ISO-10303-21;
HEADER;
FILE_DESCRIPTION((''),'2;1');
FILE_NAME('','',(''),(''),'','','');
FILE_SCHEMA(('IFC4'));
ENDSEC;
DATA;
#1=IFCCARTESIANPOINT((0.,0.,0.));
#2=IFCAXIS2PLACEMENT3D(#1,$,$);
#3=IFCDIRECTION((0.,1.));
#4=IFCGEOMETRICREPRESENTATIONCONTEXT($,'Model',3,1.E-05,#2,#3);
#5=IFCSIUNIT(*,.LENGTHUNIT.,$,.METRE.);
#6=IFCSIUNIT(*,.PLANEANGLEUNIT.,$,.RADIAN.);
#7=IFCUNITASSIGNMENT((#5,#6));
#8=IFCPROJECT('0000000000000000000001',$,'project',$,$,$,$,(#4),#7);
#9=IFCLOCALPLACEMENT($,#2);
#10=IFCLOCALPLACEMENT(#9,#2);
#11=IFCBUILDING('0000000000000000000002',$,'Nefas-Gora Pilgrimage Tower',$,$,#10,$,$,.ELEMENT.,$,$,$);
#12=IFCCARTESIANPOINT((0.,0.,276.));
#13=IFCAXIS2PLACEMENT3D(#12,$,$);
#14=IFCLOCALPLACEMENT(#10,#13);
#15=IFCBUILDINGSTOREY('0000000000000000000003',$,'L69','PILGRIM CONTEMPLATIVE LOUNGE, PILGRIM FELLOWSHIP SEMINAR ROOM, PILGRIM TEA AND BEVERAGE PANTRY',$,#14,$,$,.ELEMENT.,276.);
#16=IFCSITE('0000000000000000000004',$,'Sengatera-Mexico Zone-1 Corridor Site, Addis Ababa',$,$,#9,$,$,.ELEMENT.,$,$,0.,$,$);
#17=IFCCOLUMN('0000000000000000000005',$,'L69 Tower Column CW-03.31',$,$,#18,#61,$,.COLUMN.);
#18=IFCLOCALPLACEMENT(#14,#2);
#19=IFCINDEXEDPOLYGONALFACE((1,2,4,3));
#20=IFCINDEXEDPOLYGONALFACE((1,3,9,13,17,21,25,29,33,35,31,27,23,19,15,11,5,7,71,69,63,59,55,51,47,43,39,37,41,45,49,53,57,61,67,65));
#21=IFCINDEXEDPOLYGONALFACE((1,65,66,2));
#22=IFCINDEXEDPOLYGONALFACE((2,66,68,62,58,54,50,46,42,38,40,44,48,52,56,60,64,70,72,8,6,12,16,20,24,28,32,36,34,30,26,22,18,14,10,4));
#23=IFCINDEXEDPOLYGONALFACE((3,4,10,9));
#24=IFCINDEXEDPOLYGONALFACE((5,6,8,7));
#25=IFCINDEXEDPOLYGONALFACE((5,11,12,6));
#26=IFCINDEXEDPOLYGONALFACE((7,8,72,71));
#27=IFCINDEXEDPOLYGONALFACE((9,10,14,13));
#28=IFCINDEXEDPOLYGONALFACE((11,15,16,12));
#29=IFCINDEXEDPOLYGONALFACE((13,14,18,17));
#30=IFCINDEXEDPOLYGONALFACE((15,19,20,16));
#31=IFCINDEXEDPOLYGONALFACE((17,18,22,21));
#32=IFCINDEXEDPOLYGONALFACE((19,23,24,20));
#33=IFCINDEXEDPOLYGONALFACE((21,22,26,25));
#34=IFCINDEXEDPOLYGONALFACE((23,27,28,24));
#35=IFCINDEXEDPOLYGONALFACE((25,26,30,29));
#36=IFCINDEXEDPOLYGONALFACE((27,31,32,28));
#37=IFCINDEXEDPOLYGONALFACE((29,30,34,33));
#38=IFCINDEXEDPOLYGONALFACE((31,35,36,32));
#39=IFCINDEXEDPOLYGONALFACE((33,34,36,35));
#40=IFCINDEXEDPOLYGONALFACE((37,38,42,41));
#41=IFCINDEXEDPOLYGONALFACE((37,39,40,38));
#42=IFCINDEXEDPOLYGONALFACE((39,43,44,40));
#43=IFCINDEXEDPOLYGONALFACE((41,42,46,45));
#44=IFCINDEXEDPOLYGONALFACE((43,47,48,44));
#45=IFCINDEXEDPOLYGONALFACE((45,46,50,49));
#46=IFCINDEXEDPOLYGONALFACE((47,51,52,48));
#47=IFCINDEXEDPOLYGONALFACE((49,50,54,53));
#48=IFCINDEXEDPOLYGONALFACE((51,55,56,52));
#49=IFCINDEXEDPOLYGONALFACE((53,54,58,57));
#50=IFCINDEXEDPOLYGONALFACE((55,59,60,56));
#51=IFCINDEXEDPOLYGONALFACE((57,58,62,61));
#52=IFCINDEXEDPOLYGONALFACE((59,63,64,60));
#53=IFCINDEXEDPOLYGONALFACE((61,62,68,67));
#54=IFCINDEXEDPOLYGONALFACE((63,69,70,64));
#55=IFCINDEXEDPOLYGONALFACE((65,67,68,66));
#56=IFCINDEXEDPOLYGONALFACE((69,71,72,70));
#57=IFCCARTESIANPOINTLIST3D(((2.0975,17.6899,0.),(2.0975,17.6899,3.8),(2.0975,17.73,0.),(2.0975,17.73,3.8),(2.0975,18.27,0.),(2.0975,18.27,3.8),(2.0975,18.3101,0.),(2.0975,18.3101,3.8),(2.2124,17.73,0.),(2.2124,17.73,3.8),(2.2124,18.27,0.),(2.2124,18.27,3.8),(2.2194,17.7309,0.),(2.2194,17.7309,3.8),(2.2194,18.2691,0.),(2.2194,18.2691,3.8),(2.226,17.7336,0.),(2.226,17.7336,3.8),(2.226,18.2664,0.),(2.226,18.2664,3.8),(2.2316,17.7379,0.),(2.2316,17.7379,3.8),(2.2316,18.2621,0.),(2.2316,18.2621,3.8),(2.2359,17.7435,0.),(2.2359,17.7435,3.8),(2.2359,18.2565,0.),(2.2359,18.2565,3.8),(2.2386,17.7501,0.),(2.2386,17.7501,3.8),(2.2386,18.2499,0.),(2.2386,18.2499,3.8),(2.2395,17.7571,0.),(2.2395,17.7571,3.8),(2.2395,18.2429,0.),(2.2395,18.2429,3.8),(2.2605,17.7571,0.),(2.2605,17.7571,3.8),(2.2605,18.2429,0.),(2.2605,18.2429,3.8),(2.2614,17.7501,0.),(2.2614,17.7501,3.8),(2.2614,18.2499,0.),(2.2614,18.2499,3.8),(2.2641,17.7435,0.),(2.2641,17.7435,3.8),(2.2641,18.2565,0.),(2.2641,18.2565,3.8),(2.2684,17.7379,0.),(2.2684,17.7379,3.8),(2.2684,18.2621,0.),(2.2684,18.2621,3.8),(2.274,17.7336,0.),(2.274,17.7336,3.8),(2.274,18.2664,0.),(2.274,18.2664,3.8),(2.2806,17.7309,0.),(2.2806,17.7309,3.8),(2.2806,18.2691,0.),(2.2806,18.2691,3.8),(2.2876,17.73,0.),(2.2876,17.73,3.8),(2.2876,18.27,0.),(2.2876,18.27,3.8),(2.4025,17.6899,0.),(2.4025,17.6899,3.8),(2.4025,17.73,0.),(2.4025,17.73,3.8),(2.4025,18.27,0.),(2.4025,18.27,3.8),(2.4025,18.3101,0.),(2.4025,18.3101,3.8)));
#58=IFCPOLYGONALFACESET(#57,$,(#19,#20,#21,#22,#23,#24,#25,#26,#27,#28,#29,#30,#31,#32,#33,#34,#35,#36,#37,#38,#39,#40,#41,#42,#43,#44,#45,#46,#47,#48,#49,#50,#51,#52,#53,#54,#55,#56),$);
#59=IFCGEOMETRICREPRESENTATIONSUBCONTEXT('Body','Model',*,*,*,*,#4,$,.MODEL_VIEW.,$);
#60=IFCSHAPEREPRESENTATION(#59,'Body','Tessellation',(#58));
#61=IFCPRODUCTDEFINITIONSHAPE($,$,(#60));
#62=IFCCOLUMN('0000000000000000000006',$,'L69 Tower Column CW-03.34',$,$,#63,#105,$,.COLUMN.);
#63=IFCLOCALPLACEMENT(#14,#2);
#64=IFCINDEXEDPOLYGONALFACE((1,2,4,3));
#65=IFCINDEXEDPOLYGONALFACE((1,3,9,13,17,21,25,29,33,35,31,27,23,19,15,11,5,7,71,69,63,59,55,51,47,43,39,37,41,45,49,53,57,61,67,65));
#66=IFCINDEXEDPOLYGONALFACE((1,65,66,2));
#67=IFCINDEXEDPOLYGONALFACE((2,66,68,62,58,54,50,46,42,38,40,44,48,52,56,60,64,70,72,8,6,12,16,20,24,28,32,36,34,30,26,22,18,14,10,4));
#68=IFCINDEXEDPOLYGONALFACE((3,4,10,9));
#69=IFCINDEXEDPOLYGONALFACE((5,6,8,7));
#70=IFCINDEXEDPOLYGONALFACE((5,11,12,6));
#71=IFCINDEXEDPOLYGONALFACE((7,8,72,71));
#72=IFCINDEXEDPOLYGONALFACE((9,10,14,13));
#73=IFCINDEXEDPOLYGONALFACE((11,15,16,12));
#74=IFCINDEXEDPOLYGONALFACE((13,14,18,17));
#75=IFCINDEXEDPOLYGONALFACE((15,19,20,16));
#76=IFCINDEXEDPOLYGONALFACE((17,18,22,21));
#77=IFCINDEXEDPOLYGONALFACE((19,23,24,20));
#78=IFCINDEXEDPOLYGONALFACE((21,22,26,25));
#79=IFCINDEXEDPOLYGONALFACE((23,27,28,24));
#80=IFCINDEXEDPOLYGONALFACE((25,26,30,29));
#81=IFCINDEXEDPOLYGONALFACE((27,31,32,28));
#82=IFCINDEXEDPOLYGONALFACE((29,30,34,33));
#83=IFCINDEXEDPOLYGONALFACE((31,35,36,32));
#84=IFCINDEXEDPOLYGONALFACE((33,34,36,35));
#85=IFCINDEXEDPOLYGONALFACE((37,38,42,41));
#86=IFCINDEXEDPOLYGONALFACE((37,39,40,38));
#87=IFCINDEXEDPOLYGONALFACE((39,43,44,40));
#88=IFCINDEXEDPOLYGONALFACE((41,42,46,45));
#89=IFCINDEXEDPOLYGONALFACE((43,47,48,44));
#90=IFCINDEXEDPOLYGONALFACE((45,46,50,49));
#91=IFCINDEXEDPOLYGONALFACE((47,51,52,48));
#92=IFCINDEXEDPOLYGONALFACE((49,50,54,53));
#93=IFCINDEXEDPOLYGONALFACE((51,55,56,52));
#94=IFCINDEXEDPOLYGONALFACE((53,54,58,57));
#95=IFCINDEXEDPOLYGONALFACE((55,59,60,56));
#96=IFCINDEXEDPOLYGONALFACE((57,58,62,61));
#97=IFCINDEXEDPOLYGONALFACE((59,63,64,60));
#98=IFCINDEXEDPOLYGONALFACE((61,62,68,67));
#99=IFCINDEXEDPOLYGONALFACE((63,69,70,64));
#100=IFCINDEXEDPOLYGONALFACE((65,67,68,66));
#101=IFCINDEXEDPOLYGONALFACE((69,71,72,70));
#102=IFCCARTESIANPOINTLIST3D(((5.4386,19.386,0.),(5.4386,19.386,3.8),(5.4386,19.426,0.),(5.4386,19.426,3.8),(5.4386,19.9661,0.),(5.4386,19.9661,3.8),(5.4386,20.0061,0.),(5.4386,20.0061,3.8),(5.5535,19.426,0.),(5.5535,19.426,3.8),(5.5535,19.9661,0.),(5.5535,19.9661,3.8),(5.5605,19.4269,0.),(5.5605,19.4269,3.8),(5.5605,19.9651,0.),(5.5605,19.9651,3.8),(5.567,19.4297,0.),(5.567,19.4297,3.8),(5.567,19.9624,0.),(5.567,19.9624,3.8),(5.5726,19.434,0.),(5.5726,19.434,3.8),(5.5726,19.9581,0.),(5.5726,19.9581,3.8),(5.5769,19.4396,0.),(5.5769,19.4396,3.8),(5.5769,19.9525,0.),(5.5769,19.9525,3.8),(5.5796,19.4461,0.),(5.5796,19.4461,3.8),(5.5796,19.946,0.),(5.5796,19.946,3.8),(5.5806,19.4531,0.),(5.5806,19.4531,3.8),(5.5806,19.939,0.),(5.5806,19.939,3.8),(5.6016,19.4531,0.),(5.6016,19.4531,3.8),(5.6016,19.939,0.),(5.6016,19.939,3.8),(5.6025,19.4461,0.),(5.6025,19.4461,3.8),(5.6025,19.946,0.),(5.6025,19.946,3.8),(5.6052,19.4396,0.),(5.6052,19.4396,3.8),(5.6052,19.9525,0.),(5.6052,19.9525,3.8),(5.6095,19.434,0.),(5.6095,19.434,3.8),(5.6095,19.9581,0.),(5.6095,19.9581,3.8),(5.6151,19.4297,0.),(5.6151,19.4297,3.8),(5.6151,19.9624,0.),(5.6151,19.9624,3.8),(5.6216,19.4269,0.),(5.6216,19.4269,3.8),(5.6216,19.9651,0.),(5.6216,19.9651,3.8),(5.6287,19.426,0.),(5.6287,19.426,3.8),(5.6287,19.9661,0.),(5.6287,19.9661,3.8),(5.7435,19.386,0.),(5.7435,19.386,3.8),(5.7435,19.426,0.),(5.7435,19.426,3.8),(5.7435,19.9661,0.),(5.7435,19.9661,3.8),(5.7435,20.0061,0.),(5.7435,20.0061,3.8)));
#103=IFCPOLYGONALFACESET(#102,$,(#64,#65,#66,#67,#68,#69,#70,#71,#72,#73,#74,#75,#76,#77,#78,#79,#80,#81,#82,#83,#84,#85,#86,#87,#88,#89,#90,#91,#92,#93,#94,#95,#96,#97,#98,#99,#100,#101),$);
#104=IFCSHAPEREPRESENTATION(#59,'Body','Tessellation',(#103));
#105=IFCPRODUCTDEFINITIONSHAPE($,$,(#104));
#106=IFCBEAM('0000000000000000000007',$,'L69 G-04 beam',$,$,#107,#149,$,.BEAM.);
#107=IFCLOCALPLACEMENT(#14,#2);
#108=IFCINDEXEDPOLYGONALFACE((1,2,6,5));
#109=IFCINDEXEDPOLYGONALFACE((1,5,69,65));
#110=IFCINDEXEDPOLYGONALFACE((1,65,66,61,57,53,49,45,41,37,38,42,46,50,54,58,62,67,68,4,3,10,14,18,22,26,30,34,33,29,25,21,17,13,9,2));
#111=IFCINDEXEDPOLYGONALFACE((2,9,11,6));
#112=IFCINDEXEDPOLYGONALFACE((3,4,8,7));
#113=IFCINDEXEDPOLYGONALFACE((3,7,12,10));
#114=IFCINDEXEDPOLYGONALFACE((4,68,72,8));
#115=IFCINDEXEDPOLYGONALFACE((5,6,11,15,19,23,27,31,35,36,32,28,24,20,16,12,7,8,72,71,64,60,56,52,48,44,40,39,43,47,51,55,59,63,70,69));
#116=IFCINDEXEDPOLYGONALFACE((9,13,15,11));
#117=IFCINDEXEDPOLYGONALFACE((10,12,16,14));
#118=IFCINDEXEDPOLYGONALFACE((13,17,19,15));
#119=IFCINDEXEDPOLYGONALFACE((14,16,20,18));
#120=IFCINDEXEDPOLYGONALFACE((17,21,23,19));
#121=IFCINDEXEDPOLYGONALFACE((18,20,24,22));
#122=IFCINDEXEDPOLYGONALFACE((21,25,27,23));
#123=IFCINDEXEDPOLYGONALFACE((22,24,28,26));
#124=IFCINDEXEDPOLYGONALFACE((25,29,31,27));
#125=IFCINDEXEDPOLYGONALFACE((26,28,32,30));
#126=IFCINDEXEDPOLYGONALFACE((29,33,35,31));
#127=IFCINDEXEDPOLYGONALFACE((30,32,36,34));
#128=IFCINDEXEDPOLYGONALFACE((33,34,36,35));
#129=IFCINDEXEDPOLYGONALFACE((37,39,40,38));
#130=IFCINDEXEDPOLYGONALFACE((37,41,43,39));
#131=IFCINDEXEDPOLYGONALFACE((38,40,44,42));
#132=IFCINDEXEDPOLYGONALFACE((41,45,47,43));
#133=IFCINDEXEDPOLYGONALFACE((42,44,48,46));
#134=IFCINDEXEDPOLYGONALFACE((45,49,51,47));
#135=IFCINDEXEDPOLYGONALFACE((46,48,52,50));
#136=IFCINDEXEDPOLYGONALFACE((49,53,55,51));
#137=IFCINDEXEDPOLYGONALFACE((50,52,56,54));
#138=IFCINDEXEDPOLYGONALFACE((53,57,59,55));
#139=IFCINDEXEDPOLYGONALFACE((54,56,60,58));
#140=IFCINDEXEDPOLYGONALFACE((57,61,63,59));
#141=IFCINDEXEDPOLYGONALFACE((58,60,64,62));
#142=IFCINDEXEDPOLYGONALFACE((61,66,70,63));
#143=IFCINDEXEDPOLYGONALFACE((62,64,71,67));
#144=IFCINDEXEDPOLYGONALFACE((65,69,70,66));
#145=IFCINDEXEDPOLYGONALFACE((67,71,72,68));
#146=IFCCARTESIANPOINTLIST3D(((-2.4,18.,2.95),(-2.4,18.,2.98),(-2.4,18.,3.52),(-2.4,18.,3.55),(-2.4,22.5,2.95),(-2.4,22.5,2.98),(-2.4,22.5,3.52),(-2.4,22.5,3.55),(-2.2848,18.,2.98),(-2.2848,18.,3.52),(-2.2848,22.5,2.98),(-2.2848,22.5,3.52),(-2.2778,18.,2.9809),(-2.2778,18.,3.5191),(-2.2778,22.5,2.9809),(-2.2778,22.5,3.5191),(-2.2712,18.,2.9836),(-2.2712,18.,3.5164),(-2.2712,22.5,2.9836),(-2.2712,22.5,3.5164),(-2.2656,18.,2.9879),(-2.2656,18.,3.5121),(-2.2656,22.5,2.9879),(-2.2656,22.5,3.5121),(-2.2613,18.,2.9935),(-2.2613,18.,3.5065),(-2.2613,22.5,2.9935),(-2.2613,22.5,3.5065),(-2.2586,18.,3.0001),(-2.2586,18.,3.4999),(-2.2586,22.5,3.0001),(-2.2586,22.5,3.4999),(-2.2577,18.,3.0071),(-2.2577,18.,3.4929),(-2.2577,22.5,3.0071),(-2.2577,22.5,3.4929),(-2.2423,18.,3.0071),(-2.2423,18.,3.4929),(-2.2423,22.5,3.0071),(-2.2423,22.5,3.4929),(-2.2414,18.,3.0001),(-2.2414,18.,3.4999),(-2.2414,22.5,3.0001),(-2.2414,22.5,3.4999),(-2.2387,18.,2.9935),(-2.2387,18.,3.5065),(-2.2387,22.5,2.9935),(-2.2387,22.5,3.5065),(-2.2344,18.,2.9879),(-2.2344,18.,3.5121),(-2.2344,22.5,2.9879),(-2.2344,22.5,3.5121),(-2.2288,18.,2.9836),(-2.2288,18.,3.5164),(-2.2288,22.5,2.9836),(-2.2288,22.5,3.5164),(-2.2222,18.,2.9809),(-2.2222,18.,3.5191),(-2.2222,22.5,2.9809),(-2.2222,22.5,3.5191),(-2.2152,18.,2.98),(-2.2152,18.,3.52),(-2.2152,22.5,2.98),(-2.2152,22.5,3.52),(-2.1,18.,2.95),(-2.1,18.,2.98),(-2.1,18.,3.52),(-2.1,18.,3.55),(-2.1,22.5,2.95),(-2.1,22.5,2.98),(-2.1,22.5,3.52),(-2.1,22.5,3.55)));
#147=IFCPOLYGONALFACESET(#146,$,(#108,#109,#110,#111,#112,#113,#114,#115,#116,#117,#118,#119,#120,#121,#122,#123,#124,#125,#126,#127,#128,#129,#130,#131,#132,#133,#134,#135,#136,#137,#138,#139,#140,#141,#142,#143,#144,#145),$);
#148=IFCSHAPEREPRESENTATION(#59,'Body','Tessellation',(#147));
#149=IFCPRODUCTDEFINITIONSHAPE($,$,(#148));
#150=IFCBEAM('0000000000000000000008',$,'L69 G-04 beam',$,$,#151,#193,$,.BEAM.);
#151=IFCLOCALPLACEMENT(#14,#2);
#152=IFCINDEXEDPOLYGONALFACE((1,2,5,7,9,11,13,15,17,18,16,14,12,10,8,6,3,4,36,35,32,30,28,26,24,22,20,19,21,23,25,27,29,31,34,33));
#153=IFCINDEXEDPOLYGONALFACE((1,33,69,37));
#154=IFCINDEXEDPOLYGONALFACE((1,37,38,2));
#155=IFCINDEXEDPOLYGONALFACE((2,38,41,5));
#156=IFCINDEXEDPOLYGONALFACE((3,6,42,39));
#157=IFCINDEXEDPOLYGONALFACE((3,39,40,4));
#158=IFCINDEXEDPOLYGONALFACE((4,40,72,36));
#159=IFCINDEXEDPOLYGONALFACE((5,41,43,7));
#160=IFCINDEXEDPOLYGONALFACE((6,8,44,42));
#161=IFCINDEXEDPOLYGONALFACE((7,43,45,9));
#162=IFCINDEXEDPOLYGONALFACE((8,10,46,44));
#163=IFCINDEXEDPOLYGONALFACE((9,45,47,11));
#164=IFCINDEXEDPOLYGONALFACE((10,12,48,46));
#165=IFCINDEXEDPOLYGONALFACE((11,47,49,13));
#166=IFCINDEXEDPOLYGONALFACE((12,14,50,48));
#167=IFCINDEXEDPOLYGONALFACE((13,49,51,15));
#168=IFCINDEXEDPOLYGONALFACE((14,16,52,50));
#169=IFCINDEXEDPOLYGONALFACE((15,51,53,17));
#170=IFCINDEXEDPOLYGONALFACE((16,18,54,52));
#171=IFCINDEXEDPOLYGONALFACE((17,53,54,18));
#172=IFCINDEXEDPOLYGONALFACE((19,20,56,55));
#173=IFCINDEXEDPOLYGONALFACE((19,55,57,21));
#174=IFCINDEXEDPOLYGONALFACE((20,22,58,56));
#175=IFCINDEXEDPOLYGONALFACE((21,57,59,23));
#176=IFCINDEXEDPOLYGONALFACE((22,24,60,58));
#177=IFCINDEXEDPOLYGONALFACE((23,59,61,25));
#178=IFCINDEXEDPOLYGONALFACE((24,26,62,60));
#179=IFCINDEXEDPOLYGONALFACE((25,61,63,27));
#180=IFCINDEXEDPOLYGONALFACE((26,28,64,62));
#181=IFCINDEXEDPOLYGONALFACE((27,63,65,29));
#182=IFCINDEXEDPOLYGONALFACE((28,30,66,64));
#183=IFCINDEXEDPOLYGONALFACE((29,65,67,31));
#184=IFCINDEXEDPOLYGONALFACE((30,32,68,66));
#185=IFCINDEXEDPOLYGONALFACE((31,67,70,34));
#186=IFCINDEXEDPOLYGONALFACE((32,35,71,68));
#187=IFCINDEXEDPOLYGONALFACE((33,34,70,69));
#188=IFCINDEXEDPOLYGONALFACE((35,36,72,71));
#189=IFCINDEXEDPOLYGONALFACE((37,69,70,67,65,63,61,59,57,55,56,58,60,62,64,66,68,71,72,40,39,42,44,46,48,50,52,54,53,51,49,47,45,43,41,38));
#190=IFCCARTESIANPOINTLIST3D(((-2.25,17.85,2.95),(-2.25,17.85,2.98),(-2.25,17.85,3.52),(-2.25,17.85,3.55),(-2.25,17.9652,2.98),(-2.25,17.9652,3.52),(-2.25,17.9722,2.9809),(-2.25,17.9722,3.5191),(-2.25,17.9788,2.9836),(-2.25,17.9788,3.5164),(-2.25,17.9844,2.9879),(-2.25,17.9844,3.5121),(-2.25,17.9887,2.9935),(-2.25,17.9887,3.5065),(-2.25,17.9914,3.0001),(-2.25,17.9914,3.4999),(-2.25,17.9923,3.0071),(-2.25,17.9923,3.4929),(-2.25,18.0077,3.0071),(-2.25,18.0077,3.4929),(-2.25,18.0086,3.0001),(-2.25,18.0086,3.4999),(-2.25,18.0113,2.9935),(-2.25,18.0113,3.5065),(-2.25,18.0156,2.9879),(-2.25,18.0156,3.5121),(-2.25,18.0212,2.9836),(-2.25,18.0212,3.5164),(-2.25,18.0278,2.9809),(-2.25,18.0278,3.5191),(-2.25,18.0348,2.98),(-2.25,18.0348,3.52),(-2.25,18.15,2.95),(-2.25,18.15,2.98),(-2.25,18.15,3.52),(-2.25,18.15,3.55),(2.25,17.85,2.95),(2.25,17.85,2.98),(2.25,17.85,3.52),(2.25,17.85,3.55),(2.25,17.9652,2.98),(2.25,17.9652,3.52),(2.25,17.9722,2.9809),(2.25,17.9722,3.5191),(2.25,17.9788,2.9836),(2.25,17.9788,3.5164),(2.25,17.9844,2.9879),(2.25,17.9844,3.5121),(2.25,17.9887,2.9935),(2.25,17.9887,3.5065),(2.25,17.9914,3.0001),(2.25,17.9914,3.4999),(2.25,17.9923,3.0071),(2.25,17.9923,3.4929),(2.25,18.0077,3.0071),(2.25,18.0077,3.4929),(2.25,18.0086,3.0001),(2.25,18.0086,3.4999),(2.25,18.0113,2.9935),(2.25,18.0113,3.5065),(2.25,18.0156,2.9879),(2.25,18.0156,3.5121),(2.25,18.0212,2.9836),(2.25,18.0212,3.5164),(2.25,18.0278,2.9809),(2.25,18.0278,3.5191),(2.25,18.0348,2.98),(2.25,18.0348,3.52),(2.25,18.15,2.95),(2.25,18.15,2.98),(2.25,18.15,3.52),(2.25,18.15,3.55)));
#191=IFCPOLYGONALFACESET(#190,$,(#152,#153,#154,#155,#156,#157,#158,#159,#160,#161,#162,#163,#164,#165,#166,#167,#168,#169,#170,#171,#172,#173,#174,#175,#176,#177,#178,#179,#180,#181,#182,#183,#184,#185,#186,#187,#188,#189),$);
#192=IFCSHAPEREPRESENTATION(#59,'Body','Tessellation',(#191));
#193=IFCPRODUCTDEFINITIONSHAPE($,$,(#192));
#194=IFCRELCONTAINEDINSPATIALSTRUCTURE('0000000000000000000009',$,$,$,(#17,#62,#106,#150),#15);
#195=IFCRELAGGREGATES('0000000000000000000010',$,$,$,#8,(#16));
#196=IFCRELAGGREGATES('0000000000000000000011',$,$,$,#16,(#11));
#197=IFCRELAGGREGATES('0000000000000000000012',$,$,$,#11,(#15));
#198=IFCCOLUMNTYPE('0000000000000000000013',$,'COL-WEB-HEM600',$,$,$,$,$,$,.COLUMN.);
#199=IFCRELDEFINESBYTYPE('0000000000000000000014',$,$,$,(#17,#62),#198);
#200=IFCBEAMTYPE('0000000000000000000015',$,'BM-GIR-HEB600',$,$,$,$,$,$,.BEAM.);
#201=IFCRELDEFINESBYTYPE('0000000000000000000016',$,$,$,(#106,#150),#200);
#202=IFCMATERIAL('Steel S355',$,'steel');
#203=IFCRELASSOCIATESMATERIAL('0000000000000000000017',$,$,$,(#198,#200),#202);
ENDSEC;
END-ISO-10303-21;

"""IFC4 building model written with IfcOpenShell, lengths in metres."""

from ifc_helpers import new_model, si_unit, direction, frame, origin, origin_2d, place, context, subcontext, project, spatial, i_section, extrude, source, transform, mapped, material, material_profile, profile_set, type_object, element, save


model = new_model("IFC4")

# Units and contexts
model_context = context("Model", 3, precision=1e-05, world=origin(), true_north=direction((0.0, 1.0)))
body_context = subcontext(model_context, "Body", "Model", "MODEL_VIEW")
ifc_project = project(units=[si_unit("LENGTHUNIT", "METRE"), si_unit("PLANEANGLEUNIT", "RADIAN")], contexts=[model_context])

# Site, building, storey
site_placement = place(None, origin())
site = spatial("IfcSite", under=ifc_project, at=site_placement, Name="Sengatera-Mexico Zone-1 Corridor Site, Addis Ababa", CompositionType="ELEMENT", RefElevation=0.0)
building_placement = place(site_placement, origin())
building = spatial("IfcBuilding", under=site, at=building_placement, Name="Nefas-Gora Pilgrimage Tower", CompositionType="ELEMENT")
storey_placement = place(building_placement, frame((0.0, 0.0, 276.0)))
storey = spatial("IfcBuildingStorey", under=building, at=storey_placement, Name="L69", Description="PILGRIM CONTEMPLATIVE LOUNGE, PILGRIM FELLOWSHIP SEMINAR ROOM, PILGRIM TEA AND BEVERAGE PANTRY", CompositionType="ELEMENT", Elevation=276.0)

# Columns
ifc_material_1 = material(Name="Steel S355", Category="steel")
ifc_material_profile_1 = material_profile(ifc_material_1, i_section(OverallWidth=0.3049, OverallDepth=0.6201, WebThickness=0.021, FlangeThickness=0.04, FilletRadius=0.0271, at=origin_2d()), Name="HEM 600")
ifc_profile_set_1 = profile_set([ifc_material_profile_1], Name="Steel S355")
column_type_1 = type_object("IfcColumnType", Name="COL-WEB-HEM600", PredefinedType="COLUMN", material=ifc_profile_set_1)
shared_shape_1 = source(origin(), body_context, "Body", "SweptSolid", [
    extrude(i_section(OverallWidth=0.3049, OverallDepth=0.6201, WebThickness=0.021, FlangeThickness=0.04, FilletRadius=0.0271, at=origin_2d()), origin(), (0.0, 0.0, 1.0), 3.8),
])
for number, where, z_axis, x_axis, name in (
    (1, (2.25, 18.0, 0.0), (0.0, 0.0, 1.0), (1.0, 0.0, 0.0), "L69 Tower Column CW-03.31"),
    (2, (5.5911, 19.696, 0.0), (0.0, 0.0, 1.0), (1.0, 0.0, 0.0), "L69 Tower Column CW-03.34"),
):
    element("IfcColumn", number, at=place(storey_placement, frame(where, z_axis=z_axis, x_axis=x_axis)), inside=storey, type_object=column_type_1, Name=name, PredefinedType="COLUMN", context=body_context, shape_type="MappedRepresentation", body=[
        mapped(shared_shape_1, transform((0.0, 0.0, 0.0), x_axis=(1.0, 0.0, 0.0), y_axis=(0.0, 1.0, 0.0), z_axis=(0.0, 0.0, 1.0), scale=1.0)),
    ])

# Beams
ifc_material_profile_2 = material_profile(ifc_material_1, i_section(OverallWidth=0.3, OverallDepth=0.6001, WebThickness=0.0154, FlangeThickness=0.03, FilletRadius=0.0271, at=origin_2d()), Name="HEB 600")
ifc_profile_set_2 = profile_set([ifc_material_profile_2], Name="Steel S355")
beam_type = type_object("IfcBeamType", Name="BM-GIR-HEB600", PredefinedType="BEAM", material=ifc_profile_set_2)
shared_shape_2 = source(origin(), body_context, "Body", "SweptSolid", [
    extrude(i_section(OverallWidth=0.3, OverallDepth=0.6001, WebThickness=0.0154, FlangeThickness=0.03, FilletRadius=0.0271, at=origin_2d()), origin(), (0.0, 0.0, 1.0), 4.5),
])
for number, where, z_axis, x_axis, name in (
    (3, (-2.25, 18.0, 3.25), (0.0, 1.0, 0.0), (-1.0, 0.0, 0.0), "L69 G-04 beam"),
    (4, (-2.25, 18.0, 3.25), (1.0, 0.0, 0.0), (0.0, 1.0, 0.0), "L69 G-04 beam"),
):
    element("IfcBeam", number, at=place(storey_placement, frame(where, z_axis=z_axis, x_axis=x_axis)), inside=storey, type_object=beam_type, Name=name, PredefinedType="BEAM", context=body_context, shape_type="MappedRepresentation", body=[
        mapped(shared_shape_2, transform((0.0, 0.0, 0.0), x_axis=(1.0, 0.0, 0.0), y_axis=(0.0, 1.0, 0.0), z_axis=(0.0, 0.0, 1.0), scale=1.0)),
    ])

save(model, "model.ifc")
